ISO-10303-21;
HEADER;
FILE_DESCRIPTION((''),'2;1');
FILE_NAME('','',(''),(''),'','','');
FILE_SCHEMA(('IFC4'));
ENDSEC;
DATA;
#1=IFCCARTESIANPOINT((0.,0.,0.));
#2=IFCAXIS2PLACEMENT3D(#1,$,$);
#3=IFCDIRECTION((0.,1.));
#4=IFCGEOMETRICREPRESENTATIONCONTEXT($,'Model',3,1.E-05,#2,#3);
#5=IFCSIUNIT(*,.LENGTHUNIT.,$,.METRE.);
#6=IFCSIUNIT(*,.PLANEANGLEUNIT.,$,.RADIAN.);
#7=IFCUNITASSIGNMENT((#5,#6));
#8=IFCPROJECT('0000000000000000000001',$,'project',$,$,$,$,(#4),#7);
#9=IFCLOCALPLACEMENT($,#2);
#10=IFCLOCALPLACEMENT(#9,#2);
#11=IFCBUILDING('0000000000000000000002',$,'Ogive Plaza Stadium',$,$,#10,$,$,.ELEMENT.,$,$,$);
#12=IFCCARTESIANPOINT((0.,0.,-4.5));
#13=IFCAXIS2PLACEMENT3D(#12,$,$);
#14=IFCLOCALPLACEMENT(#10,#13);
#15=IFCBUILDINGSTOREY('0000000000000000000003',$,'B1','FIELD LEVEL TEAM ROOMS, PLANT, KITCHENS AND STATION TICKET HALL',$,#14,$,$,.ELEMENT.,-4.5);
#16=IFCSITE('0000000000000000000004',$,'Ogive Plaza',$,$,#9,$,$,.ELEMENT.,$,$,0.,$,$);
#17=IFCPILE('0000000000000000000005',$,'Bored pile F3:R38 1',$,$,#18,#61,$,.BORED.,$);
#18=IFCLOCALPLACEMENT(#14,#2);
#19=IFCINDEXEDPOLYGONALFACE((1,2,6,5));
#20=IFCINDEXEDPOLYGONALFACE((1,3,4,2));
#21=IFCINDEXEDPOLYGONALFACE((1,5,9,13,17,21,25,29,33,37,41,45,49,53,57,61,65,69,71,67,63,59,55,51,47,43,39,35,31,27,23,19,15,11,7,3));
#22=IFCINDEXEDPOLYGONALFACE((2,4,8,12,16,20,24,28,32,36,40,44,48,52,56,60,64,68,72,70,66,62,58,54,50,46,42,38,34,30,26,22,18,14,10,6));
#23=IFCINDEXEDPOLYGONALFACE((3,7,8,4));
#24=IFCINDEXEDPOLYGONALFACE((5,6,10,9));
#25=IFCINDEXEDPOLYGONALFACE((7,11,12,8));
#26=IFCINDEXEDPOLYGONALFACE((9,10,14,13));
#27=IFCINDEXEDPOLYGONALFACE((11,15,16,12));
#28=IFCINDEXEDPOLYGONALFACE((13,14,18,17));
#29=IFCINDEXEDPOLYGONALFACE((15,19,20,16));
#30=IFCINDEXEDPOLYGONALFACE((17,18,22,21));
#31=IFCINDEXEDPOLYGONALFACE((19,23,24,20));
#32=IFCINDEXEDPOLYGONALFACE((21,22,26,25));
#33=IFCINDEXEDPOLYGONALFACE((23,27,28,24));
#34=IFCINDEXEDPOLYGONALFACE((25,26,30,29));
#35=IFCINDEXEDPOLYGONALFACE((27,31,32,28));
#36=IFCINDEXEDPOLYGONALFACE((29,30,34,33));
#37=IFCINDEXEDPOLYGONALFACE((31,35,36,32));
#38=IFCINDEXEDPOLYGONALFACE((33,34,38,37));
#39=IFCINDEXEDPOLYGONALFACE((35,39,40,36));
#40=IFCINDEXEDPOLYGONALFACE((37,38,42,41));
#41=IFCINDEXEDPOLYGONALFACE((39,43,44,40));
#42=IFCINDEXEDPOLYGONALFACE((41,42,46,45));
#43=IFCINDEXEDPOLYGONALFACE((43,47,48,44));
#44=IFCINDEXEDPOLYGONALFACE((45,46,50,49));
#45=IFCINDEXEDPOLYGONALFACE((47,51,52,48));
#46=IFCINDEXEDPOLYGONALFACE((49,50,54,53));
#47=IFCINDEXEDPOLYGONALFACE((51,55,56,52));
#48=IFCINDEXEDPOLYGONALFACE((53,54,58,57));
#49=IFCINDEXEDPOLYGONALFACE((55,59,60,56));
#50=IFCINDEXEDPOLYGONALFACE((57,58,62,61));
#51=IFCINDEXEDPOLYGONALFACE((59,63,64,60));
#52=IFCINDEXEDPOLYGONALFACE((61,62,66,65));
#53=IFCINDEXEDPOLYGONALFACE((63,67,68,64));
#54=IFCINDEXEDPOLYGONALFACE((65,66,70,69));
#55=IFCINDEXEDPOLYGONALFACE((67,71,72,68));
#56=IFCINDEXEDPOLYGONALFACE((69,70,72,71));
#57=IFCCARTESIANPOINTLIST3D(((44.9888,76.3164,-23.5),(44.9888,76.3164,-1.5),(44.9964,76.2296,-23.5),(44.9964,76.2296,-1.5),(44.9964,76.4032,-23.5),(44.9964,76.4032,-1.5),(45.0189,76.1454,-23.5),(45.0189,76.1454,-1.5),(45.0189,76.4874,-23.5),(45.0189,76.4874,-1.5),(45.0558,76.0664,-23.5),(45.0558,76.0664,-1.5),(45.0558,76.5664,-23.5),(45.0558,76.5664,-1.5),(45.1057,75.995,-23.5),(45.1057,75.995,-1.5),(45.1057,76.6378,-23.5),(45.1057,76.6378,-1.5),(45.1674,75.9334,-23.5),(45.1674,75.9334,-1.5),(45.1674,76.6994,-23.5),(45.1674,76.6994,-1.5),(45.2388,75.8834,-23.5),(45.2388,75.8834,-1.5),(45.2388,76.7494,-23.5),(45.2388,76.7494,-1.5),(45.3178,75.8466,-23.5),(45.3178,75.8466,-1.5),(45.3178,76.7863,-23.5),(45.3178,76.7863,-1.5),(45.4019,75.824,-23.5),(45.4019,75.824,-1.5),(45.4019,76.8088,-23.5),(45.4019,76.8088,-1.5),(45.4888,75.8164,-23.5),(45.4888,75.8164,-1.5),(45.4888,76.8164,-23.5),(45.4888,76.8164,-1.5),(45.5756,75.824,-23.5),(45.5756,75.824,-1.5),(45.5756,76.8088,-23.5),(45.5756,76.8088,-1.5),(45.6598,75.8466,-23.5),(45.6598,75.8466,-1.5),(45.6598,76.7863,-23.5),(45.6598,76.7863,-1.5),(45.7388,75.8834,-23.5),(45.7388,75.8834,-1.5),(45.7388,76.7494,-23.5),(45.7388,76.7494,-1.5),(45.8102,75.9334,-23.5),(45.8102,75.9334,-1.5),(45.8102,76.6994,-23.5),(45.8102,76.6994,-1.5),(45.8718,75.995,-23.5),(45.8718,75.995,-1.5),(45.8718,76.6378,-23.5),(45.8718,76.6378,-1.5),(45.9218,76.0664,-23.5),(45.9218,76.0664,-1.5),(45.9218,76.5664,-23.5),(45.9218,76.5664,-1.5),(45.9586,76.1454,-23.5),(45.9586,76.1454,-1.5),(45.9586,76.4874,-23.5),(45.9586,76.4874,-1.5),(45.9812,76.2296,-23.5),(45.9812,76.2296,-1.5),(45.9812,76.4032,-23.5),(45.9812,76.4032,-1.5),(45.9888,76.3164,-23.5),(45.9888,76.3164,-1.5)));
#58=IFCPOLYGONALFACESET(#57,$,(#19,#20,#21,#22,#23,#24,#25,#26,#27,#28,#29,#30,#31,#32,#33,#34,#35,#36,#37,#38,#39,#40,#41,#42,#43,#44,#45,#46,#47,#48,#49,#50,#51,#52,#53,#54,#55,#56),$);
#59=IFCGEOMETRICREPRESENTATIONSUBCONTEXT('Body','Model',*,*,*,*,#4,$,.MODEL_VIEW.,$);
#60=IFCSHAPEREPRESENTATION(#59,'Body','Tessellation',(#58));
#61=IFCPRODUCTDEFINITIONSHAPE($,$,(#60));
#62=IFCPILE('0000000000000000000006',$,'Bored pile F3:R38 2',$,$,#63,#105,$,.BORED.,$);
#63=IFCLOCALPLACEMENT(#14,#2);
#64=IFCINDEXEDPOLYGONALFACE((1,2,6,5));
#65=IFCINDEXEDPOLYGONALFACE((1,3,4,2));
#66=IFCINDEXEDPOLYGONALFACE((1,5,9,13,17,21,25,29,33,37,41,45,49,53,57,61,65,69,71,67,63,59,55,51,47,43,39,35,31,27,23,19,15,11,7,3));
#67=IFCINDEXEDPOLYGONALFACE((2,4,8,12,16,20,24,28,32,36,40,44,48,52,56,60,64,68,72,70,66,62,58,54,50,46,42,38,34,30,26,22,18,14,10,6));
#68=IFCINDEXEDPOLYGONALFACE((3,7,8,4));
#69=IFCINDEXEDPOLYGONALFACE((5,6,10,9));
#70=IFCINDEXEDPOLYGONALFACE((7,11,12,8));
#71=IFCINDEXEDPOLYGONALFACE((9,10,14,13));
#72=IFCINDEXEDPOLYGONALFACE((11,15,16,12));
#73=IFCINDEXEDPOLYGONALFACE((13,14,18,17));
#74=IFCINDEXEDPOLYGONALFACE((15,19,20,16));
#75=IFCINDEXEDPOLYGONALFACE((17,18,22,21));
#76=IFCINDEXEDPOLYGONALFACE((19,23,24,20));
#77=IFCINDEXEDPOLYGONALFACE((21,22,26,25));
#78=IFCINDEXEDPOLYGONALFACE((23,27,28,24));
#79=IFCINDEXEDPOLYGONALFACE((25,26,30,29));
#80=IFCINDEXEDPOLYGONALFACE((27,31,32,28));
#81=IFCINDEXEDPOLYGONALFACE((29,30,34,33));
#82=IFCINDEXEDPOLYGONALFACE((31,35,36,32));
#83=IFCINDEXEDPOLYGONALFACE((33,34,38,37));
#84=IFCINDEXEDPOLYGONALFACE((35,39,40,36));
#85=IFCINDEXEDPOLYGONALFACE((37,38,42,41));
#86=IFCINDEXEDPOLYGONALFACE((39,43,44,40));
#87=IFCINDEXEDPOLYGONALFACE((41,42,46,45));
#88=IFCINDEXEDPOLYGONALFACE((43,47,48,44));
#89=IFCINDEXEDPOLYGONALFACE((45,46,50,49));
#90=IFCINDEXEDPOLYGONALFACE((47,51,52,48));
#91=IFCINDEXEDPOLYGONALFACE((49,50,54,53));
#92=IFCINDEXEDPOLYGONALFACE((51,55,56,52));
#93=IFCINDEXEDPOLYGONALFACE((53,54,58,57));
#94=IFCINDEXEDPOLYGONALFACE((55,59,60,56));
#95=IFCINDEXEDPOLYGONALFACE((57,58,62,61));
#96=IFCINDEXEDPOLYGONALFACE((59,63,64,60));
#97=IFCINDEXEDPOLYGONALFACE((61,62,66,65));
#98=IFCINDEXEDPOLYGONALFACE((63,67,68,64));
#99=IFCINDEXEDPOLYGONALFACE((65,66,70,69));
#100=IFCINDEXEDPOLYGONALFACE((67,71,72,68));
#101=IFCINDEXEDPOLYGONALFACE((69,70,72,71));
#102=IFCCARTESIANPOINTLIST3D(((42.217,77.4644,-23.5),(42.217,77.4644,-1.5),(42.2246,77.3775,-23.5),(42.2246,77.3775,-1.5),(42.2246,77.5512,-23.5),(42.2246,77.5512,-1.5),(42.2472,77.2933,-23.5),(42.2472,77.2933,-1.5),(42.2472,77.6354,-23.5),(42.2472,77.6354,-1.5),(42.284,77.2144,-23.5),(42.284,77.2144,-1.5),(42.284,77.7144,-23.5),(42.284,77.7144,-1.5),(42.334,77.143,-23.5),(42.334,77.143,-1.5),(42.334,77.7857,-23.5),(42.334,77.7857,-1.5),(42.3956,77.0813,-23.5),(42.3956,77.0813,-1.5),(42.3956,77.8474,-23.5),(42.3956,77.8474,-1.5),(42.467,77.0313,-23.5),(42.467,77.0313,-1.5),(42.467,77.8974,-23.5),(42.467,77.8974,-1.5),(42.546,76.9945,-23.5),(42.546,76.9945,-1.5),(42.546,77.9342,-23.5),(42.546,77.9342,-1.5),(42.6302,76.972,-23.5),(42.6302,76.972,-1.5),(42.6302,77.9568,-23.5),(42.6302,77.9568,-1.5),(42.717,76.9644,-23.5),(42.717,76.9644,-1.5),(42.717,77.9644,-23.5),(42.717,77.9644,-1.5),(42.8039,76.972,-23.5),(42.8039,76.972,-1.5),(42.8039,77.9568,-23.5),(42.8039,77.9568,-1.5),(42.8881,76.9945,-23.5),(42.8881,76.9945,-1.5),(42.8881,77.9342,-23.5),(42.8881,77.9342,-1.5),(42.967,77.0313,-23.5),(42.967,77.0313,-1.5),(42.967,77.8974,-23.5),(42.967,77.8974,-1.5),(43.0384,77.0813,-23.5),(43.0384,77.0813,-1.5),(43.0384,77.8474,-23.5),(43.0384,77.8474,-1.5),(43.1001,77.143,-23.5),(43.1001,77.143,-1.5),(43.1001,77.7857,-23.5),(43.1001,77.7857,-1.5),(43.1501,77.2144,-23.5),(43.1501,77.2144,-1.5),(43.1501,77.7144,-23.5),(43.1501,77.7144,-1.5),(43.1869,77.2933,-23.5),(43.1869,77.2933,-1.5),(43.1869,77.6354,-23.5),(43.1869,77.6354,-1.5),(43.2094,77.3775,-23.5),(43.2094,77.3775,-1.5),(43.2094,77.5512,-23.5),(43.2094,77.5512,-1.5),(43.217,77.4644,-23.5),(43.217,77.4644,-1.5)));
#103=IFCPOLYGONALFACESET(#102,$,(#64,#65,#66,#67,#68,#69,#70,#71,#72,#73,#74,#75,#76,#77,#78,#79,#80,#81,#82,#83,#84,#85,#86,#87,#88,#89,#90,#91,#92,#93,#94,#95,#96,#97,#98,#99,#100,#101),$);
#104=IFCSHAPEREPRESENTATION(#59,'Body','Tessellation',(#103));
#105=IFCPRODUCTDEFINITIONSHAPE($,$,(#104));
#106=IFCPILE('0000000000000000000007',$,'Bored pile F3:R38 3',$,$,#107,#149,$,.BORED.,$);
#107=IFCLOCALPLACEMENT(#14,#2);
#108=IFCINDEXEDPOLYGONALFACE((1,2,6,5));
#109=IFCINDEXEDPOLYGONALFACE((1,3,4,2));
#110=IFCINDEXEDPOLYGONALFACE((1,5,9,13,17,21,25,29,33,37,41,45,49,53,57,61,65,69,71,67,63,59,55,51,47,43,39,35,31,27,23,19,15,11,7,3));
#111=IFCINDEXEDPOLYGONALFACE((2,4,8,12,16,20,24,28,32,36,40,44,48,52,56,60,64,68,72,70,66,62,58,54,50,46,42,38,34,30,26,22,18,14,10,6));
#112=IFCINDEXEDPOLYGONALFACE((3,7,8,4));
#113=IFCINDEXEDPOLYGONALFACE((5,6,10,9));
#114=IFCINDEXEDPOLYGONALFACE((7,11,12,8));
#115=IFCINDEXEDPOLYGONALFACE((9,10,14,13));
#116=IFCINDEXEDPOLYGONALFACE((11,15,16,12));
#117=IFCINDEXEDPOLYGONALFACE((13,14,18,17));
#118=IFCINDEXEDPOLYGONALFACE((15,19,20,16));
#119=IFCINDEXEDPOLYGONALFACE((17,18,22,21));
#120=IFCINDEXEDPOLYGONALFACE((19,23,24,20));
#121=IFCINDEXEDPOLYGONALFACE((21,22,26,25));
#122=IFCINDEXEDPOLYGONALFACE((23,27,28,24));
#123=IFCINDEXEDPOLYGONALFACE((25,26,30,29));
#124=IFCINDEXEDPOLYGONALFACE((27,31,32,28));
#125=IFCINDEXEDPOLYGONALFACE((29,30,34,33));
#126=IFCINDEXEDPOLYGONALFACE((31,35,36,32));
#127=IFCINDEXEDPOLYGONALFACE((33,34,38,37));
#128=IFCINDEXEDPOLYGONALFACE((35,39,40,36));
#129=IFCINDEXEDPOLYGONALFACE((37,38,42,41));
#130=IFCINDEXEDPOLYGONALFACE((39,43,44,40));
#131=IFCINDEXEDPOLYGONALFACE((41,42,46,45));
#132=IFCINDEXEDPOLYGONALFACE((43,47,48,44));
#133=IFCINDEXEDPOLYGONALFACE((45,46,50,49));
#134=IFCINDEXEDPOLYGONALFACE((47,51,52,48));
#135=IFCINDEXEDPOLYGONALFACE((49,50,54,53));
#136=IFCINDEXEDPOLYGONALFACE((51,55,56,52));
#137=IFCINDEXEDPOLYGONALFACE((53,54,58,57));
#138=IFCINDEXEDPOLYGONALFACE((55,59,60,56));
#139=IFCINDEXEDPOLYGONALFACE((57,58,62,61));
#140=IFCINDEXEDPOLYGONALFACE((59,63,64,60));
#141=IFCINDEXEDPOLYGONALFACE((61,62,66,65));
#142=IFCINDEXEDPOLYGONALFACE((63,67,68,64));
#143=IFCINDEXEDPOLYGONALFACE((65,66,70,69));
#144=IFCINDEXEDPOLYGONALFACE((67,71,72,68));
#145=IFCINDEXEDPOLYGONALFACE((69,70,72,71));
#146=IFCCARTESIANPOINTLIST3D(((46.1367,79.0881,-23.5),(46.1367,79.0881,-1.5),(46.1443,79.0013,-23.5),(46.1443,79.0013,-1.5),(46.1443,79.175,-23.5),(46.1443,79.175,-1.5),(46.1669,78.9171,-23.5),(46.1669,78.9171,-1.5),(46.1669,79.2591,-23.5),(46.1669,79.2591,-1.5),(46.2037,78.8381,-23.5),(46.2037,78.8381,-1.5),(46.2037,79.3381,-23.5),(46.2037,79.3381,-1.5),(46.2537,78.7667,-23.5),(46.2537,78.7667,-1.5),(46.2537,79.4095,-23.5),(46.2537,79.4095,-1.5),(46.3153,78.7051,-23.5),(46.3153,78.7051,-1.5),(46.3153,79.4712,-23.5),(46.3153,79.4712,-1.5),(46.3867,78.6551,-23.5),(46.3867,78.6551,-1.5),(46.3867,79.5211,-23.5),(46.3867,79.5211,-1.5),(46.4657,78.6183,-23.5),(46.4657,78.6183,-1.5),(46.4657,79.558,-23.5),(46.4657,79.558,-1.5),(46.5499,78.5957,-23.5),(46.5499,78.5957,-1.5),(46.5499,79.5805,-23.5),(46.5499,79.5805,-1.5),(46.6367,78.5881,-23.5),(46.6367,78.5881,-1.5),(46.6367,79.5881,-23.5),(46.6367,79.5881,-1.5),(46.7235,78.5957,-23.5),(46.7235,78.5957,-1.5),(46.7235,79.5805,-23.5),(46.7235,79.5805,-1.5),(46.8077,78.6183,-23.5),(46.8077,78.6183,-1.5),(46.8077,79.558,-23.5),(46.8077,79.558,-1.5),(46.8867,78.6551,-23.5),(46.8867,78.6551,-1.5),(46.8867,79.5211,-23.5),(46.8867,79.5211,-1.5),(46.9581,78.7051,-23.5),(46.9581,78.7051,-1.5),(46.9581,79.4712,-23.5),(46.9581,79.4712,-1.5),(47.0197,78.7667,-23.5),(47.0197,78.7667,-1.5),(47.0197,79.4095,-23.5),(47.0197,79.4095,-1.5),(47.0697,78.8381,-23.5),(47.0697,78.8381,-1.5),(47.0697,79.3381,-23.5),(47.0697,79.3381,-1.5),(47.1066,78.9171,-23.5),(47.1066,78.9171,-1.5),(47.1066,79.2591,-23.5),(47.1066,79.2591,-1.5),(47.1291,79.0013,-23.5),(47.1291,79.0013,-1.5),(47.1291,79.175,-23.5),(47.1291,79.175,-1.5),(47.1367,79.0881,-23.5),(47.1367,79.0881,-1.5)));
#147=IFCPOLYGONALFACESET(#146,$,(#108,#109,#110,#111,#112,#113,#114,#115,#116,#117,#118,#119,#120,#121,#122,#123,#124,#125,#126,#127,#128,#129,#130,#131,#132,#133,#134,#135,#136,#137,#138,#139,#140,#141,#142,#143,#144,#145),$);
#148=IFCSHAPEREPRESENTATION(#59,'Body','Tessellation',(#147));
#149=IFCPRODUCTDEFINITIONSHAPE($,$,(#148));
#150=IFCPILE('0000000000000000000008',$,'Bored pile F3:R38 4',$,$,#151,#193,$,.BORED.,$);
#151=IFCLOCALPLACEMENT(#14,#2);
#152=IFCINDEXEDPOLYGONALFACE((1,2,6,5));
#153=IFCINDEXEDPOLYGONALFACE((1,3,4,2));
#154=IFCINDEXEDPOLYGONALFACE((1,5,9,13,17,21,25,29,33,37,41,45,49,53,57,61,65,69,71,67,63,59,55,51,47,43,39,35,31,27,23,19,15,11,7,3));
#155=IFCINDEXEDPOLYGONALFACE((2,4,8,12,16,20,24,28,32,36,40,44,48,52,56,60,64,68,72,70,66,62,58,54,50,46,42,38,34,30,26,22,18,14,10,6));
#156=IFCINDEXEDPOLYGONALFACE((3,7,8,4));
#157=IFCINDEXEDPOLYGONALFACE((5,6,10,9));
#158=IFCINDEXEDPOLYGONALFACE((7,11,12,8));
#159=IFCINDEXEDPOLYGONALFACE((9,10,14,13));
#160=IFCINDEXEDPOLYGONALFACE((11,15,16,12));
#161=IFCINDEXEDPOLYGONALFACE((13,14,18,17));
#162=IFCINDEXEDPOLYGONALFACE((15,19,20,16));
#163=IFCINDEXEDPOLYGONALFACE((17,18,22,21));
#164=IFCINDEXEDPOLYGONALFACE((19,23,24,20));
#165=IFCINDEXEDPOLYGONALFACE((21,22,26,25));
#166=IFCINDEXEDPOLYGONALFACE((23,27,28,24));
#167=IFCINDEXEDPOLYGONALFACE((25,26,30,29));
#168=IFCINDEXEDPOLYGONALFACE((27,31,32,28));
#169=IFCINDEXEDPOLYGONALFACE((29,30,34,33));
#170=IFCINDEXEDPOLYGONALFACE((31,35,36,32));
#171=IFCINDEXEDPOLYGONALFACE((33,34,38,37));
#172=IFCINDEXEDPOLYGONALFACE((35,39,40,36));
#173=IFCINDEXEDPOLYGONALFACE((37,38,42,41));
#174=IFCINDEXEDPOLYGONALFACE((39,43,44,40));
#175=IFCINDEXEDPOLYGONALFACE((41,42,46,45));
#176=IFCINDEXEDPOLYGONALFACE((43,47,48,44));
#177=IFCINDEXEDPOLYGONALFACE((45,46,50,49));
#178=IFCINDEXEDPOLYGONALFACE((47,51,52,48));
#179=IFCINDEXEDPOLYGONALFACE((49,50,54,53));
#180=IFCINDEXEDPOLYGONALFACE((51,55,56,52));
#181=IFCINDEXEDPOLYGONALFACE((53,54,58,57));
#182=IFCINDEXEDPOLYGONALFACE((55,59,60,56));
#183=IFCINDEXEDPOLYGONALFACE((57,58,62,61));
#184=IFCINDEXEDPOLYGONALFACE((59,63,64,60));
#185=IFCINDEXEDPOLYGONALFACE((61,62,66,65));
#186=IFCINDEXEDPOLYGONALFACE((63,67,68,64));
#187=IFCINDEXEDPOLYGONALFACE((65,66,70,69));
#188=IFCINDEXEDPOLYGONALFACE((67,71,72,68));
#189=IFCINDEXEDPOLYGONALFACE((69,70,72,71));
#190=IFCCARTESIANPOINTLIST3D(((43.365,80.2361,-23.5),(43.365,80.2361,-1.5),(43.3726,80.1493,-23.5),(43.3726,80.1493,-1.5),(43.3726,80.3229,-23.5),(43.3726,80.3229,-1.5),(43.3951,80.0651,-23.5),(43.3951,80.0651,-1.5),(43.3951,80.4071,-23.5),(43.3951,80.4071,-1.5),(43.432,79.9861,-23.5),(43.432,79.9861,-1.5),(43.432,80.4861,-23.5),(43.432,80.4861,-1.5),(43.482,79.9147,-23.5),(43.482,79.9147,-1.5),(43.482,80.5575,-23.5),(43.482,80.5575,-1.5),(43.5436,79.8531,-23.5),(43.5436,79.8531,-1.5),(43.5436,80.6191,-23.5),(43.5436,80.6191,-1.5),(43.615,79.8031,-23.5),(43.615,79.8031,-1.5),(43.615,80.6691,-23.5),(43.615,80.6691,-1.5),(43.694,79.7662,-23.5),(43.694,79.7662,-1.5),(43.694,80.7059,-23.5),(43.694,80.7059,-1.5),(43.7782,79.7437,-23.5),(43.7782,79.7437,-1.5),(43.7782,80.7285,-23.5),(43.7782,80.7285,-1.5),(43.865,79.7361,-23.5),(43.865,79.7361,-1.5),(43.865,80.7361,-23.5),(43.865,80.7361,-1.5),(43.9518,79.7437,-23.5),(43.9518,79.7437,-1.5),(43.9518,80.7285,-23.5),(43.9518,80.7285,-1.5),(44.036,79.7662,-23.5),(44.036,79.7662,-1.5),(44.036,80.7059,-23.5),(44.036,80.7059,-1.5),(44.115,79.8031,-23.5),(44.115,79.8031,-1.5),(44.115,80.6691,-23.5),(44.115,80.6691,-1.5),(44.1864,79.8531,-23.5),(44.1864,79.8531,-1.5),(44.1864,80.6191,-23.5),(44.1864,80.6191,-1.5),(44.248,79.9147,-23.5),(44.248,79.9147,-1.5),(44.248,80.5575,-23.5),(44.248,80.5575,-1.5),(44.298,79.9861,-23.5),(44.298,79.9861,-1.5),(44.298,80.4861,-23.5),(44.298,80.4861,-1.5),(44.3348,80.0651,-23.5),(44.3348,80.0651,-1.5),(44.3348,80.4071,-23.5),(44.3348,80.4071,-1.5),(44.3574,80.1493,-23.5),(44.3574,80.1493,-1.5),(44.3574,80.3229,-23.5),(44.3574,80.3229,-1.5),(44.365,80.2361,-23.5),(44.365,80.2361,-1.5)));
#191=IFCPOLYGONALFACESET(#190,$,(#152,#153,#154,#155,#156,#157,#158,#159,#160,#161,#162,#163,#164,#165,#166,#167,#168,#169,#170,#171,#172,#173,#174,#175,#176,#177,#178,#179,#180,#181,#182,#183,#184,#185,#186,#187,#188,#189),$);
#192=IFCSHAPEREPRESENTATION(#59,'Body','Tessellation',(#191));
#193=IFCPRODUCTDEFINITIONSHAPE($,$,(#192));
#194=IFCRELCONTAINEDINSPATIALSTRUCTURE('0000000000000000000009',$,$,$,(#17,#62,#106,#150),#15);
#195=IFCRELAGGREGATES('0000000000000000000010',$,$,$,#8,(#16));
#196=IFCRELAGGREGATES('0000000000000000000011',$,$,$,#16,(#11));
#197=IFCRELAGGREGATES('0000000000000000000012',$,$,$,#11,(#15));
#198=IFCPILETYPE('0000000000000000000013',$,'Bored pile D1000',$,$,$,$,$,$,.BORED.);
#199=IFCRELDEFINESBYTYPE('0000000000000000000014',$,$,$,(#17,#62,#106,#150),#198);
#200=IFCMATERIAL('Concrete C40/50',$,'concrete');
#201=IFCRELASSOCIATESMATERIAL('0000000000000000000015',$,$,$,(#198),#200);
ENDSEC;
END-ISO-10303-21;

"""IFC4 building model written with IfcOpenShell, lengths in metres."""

from ifc_helpers import new_model, si_unit, direction, frame, origin, origin_2d, place, context, subcontext, project, spatial, circle, extrude, material, material_profile, profile_set, type_object, element, save


model = new_model("IFC4")

# Units and contexts
model_context = context("Model", 3, precision=1e-05, world=origin(), true_north=direction((0.0, 1.0)))
body_context = subcontext(model_context, "Body", "Model", "MODEL_VIEW")
ifc_project = project(units=[si_unit("LENGTHUNIT", "METRE"), si_unit("PLANEANGLEUNIT", "RADIAN")], contexts=[model_context])

# Site, building, storey
site_placement = place(None, origin())
site = spatial("IfcSite", under=ifc_project, at=site_placement, Name="Ogive Plaza", CompositionType="ELEMENT", RefElevation=0.0)
building_placement = place(site_placement, origin())
building = spatial("IfcBuilding", under=site, at=building_placement, Name="Ogive Plaza Stadium", CompositionType="ELEMENT")
storey_placement = place(building_placement, frame((0.0, 0.0, -4.5)))
storey = spatial("IfcBuildingStorey", under=building, at=storey_placement, Name="B1", Description="FIELD LEVEL TEAM ROOMS, PLANT, KITCHENS AND STATION TICKET HALL", CompositionType="ELEMENT", Elevation=-4.5)

# Piles
ifc_material_1 = material(Name="Concrete C40/50", Category="concrete")
ifc_material_profile_1 = material_profile(ifc_material_1, circle(Radius=0.5, at=origin_2d()), Name="RC D1000")
ifc_profile_set_1 = profile_set([ifc_material_profile_1], Name="Concrete C40/50")
pile_type_1 = type_object("IfcPileType", Name="Bored pile D1000", PredefinedType="BORED", material=ifc_profile_set_1)
for number, where, z_axis, x_axis, name in (
    (1, (45.4888, 76.3164, -1.5), (0.0, 0.0, -1.0), (1.0, 0.0, 0.0), "Bored pile F3:R38 1"),
    (2, (42.717, 77.4644, -1.5), (0.0, 0.0, -1.0), (1.0, 0.0, 0.0), "Bored pile F3:R38 2"),
    (3, (46.6367, 79.0881, -1.5), (0.0, 0.0, -1.0), (1.0, 0.0, 0.0), "Bored pile F3:R38 3"),
    (4, (43.865, 80.2361, -1.5), (0.0, 0.0, -1.0), (1.0, 0.0, 0.0), "Bored pile F3:R38 4"),
):
    element("IfcPile", number, at=place(storey_placement, frame(where, z_axis=z_axis, x_axis=x_axis)), inside=storey, type_object=pile_type_1, Name=name, PredefinedType="BORED", context=body_context, shape_type="SweptSolid", body=[
        extrude(circle(Radius=0.5, at=origin_2d()), origin(), (0.0, 0.0, 1.0), 22.0),
    ])

save(model, "model.ifc")
